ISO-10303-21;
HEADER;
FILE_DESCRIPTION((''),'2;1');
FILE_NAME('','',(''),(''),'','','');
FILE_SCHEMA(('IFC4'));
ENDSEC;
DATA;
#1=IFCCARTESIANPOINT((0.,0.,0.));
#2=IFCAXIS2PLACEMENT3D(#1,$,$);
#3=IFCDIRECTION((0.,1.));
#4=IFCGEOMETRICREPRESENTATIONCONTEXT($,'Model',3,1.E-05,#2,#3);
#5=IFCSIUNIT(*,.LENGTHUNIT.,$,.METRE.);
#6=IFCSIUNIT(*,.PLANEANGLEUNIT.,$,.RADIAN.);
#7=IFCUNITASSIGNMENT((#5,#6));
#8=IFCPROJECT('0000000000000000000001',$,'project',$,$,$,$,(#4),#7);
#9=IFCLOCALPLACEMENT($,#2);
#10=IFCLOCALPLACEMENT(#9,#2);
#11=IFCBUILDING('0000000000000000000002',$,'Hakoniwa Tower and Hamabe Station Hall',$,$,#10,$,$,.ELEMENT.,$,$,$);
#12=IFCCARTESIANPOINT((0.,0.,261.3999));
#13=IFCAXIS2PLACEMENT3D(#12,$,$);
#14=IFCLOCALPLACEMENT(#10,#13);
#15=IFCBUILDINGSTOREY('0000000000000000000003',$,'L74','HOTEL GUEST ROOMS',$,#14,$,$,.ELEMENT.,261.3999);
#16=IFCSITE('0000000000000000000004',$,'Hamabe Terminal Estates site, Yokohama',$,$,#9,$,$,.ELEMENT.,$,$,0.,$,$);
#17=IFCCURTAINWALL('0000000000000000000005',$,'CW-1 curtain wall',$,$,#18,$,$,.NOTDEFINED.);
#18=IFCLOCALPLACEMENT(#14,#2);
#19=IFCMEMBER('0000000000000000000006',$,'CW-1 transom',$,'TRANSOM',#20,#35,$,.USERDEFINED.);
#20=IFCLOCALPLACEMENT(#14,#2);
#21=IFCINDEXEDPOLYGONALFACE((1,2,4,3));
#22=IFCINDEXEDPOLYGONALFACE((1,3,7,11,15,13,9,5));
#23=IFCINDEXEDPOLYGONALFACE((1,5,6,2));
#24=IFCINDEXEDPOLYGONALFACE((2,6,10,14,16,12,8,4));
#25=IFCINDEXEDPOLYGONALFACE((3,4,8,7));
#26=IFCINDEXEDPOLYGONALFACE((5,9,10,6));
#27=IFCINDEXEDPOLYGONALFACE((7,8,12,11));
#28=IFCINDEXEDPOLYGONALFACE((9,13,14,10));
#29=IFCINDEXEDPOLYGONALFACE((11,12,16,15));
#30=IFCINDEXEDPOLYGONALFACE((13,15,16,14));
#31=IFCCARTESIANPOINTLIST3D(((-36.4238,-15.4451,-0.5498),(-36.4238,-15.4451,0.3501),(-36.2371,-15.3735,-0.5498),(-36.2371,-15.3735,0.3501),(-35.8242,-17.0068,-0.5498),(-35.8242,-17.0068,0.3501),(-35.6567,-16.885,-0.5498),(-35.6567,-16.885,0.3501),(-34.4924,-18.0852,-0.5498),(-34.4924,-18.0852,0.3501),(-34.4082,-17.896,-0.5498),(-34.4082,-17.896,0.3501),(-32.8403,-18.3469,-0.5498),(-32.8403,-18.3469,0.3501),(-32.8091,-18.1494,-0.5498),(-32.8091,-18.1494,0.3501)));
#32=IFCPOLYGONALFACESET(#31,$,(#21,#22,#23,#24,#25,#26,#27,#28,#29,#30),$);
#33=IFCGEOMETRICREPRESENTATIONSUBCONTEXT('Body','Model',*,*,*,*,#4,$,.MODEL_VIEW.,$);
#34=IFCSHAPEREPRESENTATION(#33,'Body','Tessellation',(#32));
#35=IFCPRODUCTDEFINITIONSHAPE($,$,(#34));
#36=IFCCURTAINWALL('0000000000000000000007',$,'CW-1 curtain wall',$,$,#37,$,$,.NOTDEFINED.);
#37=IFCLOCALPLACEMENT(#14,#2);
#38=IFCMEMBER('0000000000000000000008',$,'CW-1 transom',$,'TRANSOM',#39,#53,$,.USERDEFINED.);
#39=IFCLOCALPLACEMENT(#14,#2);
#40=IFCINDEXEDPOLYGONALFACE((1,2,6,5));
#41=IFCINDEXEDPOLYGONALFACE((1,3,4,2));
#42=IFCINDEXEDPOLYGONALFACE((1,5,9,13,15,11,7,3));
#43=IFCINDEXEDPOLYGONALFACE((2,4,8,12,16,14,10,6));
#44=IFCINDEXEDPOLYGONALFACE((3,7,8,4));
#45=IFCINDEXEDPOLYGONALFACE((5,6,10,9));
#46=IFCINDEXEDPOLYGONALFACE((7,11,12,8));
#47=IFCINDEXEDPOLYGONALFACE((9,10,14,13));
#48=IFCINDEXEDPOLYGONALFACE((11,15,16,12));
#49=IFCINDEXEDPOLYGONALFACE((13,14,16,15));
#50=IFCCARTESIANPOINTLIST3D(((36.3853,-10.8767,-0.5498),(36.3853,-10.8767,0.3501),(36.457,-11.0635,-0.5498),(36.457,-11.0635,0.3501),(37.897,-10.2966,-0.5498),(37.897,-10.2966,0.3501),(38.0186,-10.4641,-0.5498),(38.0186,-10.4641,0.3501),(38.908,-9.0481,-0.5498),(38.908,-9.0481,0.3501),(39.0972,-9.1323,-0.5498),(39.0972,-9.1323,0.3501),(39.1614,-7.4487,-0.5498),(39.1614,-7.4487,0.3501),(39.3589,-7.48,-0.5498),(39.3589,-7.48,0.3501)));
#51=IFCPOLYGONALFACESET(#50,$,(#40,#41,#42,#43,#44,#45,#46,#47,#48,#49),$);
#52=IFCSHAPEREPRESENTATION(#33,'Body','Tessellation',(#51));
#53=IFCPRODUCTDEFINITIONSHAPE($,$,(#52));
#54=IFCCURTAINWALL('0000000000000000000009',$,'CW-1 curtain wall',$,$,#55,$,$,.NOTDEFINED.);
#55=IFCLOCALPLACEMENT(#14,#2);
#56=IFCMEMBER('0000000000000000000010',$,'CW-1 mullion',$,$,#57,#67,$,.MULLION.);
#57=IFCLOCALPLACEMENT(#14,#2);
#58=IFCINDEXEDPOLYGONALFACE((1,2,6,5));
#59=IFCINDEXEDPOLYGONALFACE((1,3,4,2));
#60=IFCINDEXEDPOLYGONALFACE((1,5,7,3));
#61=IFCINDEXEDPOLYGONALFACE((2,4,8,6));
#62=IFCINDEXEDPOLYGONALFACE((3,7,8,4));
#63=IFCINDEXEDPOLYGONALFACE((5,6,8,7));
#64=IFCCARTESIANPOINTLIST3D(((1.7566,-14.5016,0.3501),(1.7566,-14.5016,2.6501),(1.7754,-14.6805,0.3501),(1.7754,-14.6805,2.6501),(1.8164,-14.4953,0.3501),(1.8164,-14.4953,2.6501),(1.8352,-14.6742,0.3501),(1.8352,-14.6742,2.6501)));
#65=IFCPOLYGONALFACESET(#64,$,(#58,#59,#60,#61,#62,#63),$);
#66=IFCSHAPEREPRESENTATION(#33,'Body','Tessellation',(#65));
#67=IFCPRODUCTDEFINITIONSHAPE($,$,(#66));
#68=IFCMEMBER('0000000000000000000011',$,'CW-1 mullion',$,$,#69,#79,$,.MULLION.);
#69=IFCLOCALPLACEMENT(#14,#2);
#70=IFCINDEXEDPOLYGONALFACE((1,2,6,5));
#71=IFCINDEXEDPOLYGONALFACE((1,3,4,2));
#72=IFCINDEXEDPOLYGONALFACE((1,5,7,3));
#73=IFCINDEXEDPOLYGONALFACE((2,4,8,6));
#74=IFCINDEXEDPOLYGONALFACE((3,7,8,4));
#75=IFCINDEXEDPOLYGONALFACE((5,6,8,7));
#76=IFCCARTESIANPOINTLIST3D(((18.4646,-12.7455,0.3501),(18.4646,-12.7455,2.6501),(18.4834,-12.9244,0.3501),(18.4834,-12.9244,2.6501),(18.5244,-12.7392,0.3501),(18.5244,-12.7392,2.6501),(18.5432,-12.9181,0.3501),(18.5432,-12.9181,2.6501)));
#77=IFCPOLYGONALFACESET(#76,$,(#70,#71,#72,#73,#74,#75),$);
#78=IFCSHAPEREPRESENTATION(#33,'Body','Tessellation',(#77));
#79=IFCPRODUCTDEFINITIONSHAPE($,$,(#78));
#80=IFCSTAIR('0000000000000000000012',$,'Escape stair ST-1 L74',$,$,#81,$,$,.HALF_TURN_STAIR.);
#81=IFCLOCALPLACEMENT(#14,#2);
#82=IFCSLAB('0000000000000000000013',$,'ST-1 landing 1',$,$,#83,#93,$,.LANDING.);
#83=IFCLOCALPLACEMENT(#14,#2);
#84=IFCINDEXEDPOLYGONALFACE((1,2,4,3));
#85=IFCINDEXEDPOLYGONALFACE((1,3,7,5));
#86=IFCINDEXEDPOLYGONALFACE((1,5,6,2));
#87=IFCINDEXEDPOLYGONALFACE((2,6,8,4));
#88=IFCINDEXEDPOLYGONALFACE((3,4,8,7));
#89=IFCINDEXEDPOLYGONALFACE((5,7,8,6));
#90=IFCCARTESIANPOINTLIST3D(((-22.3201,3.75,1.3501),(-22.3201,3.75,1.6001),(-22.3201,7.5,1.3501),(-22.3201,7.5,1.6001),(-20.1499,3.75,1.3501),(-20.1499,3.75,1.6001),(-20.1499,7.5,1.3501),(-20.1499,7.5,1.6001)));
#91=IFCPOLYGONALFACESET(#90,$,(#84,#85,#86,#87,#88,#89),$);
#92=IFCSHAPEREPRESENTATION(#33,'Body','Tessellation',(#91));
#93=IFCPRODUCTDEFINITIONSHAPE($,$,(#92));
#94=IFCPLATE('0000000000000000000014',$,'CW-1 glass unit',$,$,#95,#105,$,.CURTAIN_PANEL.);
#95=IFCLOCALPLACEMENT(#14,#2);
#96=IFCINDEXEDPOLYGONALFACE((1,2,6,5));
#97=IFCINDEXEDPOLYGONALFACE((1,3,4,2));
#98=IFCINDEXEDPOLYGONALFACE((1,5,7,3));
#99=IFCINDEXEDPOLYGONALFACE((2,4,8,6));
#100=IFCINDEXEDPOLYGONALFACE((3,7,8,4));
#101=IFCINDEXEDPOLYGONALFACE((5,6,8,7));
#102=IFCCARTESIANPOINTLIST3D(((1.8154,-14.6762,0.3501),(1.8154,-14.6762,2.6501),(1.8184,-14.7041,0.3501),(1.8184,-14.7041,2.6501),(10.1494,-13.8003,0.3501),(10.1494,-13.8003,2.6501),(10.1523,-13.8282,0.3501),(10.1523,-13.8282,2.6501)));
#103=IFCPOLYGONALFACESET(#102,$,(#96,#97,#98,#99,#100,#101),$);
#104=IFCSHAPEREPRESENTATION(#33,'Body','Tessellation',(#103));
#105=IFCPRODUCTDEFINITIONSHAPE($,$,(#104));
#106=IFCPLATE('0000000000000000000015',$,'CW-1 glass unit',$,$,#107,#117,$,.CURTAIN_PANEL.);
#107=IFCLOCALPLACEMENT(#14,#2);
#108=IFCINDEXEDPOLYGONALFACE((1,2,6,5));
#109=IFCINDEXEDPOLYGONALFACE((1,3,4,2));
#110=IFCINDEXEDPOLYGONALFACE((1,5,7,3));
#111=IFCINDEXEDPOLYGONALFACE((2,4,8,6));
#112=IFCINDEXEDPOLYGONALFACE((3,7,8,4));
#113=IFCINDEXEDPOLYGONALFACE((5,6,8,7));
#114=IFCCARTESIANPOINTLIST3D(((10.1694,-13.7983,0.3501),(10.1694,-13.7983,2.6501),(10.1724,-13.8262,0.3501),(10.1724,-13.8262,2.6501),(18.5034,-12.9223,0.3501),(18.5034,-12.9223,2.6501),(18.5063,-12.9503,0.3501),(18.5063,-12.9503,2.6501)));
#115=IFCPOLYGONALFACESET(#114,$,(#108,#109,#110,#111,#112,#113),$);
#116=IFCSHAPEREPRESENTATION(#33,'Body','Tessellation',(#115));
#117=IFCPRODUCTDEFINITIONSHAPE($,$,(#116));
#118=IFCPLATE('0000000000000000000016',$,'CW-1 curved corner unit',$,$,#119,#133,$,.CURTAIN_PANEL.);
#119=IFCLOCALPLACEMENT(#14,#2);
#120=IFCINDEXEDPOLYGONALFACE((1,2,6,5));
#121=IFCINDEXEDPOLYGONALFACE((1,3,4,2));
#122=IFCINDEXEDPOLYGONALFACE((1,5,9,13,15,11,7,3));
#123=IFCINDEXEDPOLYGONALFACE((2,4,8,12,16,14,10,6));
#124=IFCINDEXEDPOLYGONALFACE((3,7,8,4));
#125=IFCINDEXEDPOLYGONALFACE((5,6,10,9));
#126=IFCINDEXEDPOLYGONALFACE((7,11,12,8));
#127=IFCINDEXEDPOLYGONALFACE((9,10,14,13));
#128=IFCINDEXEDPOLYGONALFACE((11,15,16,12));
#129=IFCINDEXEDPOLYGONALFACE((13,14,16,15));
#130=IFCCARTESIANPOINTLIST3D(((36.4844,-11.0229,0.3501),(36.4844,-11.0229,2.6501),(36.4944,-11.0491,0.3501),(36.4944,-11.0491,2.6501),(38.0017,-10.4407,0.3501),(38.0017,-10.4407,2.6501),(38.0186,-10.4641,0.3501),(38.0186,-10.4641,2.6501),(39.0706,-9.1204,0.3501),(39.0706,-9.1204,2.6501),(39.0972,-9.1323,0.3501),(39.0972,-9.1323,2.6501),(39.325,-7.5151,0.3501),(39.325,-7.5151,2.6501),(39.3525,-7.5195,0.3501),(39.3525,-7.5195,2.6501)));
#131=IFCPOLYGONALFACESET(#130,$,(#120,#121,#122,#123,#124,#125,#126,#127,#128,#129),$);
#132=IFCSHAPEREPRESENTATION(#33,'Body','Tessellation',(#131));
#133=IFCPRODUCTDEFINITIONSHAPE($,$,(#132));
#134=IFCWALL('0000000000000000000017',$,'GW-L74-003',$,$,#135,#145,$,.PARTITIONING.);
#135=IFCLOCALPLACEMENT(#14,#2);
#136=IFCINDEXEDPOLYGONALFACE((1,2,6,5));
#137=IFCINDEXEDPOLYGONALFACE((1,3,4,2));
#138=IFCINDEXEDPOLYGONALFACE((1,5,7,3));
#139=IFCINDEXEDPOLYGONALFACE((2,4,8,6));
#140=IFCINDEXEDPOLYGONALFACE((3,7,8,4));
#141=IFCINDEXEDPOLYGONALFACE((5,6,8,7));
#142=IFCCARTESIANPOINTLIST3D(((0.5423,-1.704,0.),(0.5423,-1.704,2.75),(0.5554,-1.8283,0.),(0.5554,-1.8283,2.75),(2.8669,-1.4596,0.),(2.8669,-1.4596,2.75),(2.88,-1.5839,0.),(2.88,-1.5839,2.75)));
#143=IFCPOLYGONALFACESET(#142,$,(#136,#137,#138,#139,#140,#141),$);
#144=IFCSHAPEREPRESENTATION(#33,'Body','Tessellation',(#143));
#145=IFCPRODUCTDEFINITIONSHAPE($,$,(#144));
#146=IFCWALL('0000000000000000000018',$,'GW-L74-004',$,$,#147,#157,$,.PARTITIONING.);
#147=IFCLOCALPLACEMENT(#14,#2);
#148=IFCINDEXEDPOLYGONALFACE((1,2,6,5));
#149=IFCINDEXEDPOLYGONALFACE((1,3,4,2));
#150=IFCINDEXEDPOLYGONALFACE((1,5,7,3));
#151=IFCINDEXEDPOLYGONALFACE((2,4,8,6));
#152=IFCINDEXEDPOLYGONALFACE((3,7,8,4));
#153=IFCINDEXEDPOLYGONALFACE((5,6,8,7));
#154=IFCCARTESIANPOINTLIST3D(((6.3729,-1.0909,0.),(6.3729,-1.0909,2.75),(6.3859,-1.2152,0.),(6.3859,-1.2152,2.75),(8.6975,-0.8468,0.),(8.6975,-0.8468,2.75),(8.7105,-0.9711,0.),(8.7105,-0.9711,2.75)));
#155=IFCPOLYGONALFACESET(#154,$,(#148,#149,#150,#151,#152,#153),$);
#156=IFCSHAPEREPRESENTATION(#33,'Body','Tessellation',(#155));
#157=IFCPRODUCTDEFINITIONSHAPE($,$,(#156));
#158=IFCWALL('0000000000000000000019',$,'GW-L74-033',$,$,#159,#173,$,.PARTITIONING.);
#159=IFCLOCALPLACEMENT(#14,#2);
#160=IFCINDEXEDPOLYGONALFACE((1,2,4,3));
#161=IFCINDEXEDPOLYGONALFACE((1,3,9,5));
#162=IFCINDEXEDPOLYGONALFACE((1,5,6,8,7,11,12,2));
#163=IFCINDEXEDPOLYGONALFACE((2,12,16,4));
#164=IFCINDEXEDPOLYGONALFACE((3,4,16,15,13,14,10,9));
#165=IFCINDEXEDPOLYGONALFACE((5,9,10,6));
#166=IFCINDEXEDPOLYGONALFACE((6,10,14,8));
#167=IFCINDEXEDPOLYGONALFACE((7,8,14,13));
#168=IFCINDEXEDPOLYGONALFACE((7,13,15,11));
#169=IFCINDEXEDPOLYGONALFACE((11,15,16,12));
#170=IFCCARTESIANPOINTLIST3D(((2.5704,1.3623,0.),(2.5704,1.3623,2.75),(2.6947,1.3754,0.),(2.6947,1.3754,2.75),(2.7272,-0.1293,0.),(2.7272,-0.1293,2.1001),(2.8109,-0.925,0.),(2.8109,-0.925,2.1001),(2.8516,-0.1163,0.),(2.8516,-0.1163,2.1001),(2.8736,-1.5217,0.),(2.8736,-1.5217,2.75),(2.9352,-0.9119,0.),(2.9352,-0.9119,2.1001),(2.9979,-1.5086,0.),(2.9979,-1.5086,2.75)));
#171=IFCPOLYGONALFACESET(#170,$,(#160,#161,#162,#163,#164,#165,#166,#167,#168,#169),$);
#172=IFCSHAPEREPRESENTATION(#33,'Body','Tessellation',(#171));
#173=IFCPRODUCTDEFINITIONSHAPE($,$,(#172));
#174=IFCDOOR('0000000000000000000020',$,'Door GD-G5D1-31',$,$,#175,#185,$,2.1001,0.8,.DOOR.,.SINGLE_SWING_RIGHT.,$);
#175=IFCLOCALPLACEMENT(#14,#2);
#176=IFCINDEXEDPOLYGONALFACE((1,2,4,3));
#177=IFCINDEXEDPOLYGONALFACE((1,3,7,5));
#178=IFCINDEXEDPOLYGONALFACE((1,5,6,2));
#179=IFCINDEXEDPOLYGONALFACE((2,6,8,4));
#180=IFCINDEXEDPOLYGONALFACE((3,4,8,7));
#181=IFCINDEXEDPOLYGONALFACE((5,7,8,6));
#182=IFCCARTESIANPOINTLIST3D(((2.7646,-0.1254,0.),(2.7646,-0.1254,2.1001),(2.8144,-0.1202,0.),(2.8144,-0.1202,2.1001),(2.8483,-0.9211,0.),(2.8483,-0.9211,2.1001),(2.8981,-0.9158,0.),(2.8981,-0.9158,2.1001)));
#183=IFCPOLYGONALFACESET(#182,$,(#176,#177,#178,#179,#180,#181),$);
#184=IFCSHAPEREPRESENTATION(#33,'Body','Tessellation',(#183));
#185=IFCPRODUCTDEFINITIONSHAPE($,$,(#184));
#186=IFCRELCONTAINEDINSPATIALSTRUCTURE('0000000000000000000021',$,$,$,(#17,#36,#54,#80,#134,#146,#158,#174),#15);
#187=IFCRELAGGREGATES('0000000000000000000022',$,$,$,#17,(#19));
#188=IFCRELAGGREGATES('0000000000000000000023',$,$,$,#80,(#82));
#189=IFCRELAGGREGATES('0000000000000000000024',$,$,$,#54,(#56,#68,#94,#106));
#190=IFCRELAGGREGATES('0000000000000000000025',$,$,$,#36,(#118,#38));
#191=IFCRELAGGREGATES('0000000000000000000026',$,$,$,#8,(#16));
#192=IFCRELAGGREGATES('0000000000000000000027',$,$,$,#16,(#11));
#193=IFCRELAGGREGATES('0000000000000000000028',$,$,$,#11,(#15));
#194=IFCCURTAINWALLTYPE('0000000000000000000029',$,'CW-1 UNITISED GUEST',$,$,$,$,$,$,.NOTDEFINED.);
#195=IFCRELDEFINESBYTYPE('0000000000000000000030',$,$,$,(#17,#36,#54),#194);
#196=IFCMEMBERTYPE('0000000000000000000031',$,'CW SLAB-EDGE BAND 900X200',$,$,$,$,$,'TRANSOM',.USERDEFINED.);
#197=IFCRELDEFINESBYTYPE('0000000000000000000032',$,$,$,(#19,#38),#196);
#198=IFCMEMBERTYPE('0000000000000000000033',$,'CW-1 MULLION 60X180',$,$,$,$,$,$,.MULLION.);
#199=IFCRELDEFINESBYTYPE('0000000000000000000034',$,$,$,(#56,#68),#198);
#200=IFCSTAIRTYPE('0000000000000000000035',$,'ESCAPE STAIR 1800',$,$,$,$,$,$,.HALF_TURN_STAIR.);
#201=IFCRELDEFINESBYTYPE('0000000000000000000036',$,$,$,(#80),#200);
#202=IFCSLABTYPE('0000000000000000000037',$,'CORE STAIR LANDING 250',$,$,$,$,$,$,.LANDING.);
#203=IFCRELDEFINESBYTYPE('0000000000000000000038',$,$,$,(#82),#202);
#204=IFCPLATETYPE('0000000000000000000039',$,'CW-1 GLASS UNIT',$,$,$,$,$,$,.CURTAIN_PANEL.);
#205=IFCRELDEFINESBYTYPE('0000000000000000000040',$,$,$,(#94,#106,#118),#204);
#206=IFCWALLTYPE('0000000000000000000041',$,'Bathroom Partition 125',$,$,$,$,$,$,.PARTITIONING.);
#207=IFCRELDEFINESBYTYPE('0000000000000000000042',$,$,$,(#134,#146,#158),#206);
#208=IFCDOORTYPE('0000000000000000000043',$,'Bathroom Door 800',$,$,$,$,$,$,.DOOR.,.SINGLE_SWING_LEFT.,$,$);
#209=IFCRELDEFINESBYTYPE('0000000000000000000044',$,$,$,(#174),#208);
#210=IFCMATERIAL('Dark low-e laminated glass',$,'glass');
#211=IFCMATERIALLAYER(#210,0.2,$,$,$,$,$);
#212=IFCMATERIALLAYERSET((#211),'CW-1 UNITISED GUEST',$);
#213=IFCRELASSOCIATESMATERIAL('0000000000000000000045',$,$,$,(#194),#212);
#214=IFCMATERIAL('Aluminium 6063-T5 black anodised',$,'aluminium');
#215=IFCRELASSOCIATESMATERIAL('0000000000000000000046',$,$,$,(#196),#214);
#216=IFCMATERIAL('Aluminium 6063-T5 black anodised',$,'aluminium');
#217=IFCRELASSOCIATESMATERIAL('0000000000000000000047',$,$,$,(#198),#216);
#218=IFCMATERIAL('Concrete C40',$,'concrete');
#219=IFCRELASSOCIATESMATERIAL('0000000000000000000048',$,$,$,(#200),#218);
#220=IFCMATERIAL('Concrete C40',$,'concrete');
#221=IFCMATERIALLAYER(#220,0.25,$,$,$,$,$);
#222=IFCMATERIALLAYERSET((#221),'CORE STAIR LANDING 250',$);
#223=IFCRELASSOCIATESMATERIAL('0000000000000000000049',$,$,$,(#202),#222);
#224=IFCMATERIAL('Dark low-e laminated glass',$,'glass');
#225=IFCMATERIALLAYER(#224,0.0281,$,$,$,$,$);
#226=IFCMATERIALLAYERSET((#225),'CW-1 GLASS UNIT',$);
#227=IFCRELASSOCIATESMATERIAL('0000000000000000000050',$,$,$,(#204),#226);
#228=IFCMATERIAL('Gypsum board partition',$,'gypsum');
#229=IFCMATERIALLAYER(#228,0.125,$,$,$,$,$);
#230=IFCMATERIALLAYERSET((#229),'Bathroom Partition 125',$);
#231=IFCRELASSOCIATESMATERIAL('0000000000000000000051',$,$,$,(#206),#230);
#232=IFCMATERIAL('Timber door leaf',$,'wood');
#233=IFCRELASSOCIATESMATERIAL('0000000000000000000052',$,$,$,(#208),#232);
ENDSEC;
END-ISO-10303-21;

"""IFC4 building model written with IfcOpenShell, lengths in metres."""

from ifc_helpers import new_model, si_unit, direction, frame, frame_2d, origin, origin_2d, place, context, subcontext, project, spatial, polyline, rectangle, outline, extrude, material, layer, layer_set, material_profile, profile_set, type_object, element, fill, aggregate, save


model = new_model("IFC4")

# Units and contexts
model_context = context("Model", 3, precision=1e-05, world=origin(), true_north=direction((0.0, 1.0)))
body_context = subcontext(model_context, "Body", "Model", "MODEL_VIEW")
ifc_project = project(units=[si_unit("LENGTHUNIT", "METRE"), si_unit("PLANEANGLEUNIT", "RADIAN")], contexts=[model_context])

# Site, building, storey
site_placement = place(None, origin())
site = spatial("IfcSite", under=ifc_project, at=site_placement, Name="Hamabe Terminal Estates site, Yokohama", CompositionType="ELEMENT", RefElevation=0.0)
building_placement = place(site_placement, origin())
building = spatial("IfcBuilding", under=site, at=building_placement, Name="Hakoniwa Tower and Hamabe Station Hall", CompositionType="ELEMENT")
storey_placement = place(building_placement, frame((0.0, 0.0, 261.3999)))
storey = spatial("IfcBuildingStorey", under=building, at=storey_placement, Name="L74", Description="HOTEL GUEST ROOMS", CompositionType="ELEMENT", Elevation=261.3999)

# Curtain walls, members
ifc_material_1 = material(Name="Dark low-e laminated glass", Category="glass")
ifc_layer_1 = layer(ifc_material_1, 0.2)
ifc_layer_set_1 = layer_set([ifc_layer_1], Name="CW-1 UNITISED GUEST")
curtain_wall_type = type_object("IfcCurtainWallType", Name="CW-1 UNITISED GUEST", PredefinedType="NOTDEFINED", material=ifc_layer_set_1)
curtain_wall_1_placement = place(storey_placement, origin())
curtain_wall_1 = element("IfcCurtainWall", 1, at=curtain_wall_1_placement, inside=storey, type_object=curtain_wall_type, Name="CW-1 curtain wall", PredefinedType="NOTDEFINED")
ifc_material_2 = material(Name="Aluminium 6063-T5 black anodised", Category="aluminium")
ifc_material_profile_1 = material_profile(ifc_material_2, rectangle(XDim=0.2, YDim=0.8999, at=origin_2d()), Name="CW SLAB-EDGE BAND 900X200")
ifc_profile_set_1 = profile_set([ifc_material_profile_1], Name="Aluminium 6063-T5 black anodised")
member_type_1 = type_object("IfcMemberType", Name="CW SLAB-EDGE BAND 900X200", ElementType="TRANSOM", PredefinedType="USERDEFINED", material=ifc_profile_set_1)
member_1_placement = place(storey_placement, frame((0.0, 0.0, -0.5498)))
member_1 = element("IfcMember", 2, at=member_1_placement, type_object=member_type_1, Name="CW-1 transom", ObjectType="TRANSOM", PredefinedType="USERDEFINED", context=body_context, shape_type="SweptSolid", body=[
    extrude(outline(polyline([(-36.4238, -15.4451), (-35.8242, -17.0068), (-34.4924, -18.0852), (-32.8403, -18.3469), (-32.8091, -18.1494), (-34.4082, -17.896), (-35.6567, -16.885), (-36.2371, -15.3735), (-36.4238, -15.4451)])), origin(), (0.0, 0.0, 1.0), 0.8999),
])
aggregate(curtain_wall_1, [member_1])
curtain_wall_2_placement = place(storey_placement, origin())
curtain_wall_2 = element("IfcCurtainWall", 3, at=curtain_wall_2_placement, inside=storey, type_object=curtain_wall_type, Name="CW-1 curtain wall", PredefinedType="NOTDEFINED")
member_2_placement = place(storey_placement, frame((0.0, 0.0, -0.5498)))
member_2 = element("IfcMember", 4, at=member_2_placement, type_object=member_type_1, Name="CW-1 transom", ObjectType="TRANSOM", PredefinedType="USERDEFINED", context=body_context, shape_type="SweptSolid", body=[
    extrude(outline(polyline([(36.457, -11.0635), (38.0186, -10.4641), (39.0972, -9.1323), (39.3589, -7.48), (39.1614, -7.4487), (38.908, -9.0481), (37.897, -10.2966), (36.3853, -10.8767), (36.457, -11.0635)])), origin(), (0.0, 0.0, 1.0), 0.8999),
])

# Curtain wall, members
curtain_wall_3_placement = place(storey_placement, origin())
curtain_wall_3 = element("IfcCurtainWall", 5, at=curtain_wall_3_placement, inside=storey, type_object=curtain_wall_type, Name="CW-1 curtain wall", PredefinedType="NOTDEFINED")
ifc_material_3 = material(Name="Aluminium 6063-T5 black anodised", Category="aluminium")
ifc_material_profile_2 = material_profile(ifc_material_3, rectangle(XDim=0.0601, YDim=0.1799, at=origin_2d()), Name="CW-1 MULLION 60X180")
ifc_profile_set_2 = profile_set([ifc_material_profile_2], Name="Aluminium 6063-T5 black anodised")
member_type_2 = type_object("IfcMemberType", Name="CW-1 MULLION 60X180", PredefinedType="MULLION", material=ifc_profile_set_2)
member_3_placement = place(storey_placement, frame((1.7959, -14.5879, 0.3501), z_axis=(0.0, 0.0, 1.0), x_axis=(0.994522, 0.104528, 0.0)))
member_3 = element("IfcMember", 6, at=member_3_placement, type_object=member_type_2, Name="CW-1 mullion", PredefinedType="MULLION", context=body_context, shape_type="SweptSolid", body=[
    extrude(rectangle(XDim=0.0601, YDim=0.1799, at=origin_2d()), origin(), (0.0, 0.0, 1.0), 2.3),
])
member_4_placement = place(storey_placement, frame((18.5039, -12.8318, 0.3501), z_axis=(0.0, 0.0, 1.0), x_axis=(0.994522, 0.104528, 0.0)))
member_4 = element("IfcMember", 7, at=member_4_placement, type_object=member_type_2, Name="CW-1 mullion", PredefinedType="MULLION", context=body_context, shape_type="SweptSolid", body=[
    extrude(rectangle(XDim=0.0601, YDim=0.1799, at=origin_2d()), origin(), (0.0, 0.0, 1.0), 2.3),
])

# Stair, slab
ifc_material_4 = material(Name="Concrete C40", Category="concrete")
stair_type = type_object("IfcStairType", Name="ESCAPE STAIR 1800", PredefinedType="HALF_TURN_STAIR", material=ifc_material_4)
stair_placement = place(storey_placement, origin())
stair = element("IfcStair", 8, at=stair_placement, inside=storey, type_object=stair_type, Name="Escape stair ST-1 L74", PredefinedType="HALF_TURN_STAIR")
ifc_material_5 = material(Name="Concrete C40", Category="concrete")
ifc_layer_2 = layer(ifc_material_5, 0.25)
ifc_layer_set_2 = layer_set([ifc_layer_2], Name="CORE STAIR LANDING 250")
slab_type = type_object("IfcSlabType", Name="CORE STAIR LANDING 250", PredefinedType="LANDING", material=ifc_layer_set_2)
slab_placement = place(storey_placement, frame((0.0, 0.0, 1.3501)))
slab = element("IfcSlab", 9, at=slab_placement, type_object=slab_type, Name="ST-1 landing 1", PredefinedType="LANDING", context=body_context, shape_type="SweptSolid", body=[
    extrude(outline(polyline([(-22.3201, 3.75), (-20.1499, 3.75), (-20.1499, 7.5), (-22.3201, 7.5), (-22.3201, 3.75)])), origin(), (0.0, 0.0, 1.0), 0.25),
])
aggregate(stair, [slab])

# Plates
ifc_material_6 = material(Name="Dark low-e laminated glass", Category="glass")
ifc_layer_3 = layer(ifc_material_6, 0.0281)
ifc_layer_set_3 = layer_set([ifc_layer_3], Name="CW-1 GLASS UNIT")
plate_type = type_object("IfcPlateType", Name="CW-1 GLASS UNIT", PredefinedType="CURTAIN_PANEL", material=ifc_layer_set_3)
plate_1_placement = place(storey_placement, frame((5.9839, -14.2522, 0.3501), z_axis=(0.0, 0.0, 1.0), x_axis=(0.994522, 0.104528, 0.0)))
plate_1 = element("IfcPlate", 10, at=plate_1_placement, type_object=plate_type, Name="CW-1 glass unit", PredefinedType="CURTAIN_PANEL", context=body_context, shape_type="SweptSolid", body=[
    extrude(rectangle(XDim=8.3799, YDim=0.0281, at=origin_2d()), origin(), (0.0, 0.0, 1.0), 2.3),
])
plate_2_placement = place(storey_placement, frame((14.3379, -13.3743, 0.3501), z_axis=(0.0, 0.0, 1.0), x_axis=(0.994522, 0.104528, 0.0)))
plate_2 = element("IfcPlate", 11, at=plate_2_placement, type_object=plate_type, Name="CW-1 glass unit", PredefinedType="CURTAIN_PANEL", context=body_context, shape_type="SweptSolid", body=[
    extrude(rectangle(XDim=8.3799, YDim=0.0281, at=origin_2d()), origin(), (0.0, 0.0, 1.0), 2.3),
])
aggregate(curtain_wall_3, [member_3, member_4, plate_1, plate_2])
plate_3_placement = place(storey_placement, frame((0.0, 0.0, 0.3501)))
plate_3 = element("IfcPlate", 12, at=plate_3_placement, type_object=plate_type, Name="CW-1 curved corner unit", PredefinedType="CURTAIN_PANEL", context=body_context, shape_type="SweptSolid", body=[
    extrude(outline(polyline([(36.4944, -11.0491), (38.0186, -10.4641), (39.0972, -9.1323), (39.3525, -7.5195), (39.325, -7.5151), (39.0706, -9.1204), (38.0017, -10.4407), (36.4844, -11.0229), (36.4944, -11.0491)])), origin(), (0.0, 0.0, 1.0), 2.3),
])
aggregate(curtain_wall_2, [plate_3, member_2])

# Walls
ifc_material_7 = material(Name="Gypsum board partition", Category="gypsum")
ifc_layer_4 = layer(ifc_material_7, 0.125)
ifc_layer_set_4 = layer_set([ifc_layer_4], Name="Bathroom Partition 125")
wall_type_1 = type_object("IfcWallType", Name="Bathroom Partition 125", PredefinedType="PARTITIONING", material=ifc_layer_set_4)
for number, where, z_axis, x_axis, name in (
    (13, (0.5488, -1.7661, 0.0), (0.0, 0.0, 1.0), (0.99452, 0.104549, 0.0), "GW-L74-003"),
    (14, (6.3794, -1.1531, 0.0), (0.0, 0.0, 1.0), (0.994531, 0.104446, 0.0), "GW-L74-004"),
):
    element("IfcWall", number, at=place(storey_placement, frame(where, z_axis=z_axis, x_axis=x_axis)), inside=storey, type_object=wall_type_1, Name=name, PredefinedType="PARTITIONING", context=body_context, shape_type="SweptSolid", body=[
        extrude(rectangle(XDim=2.3374, YDim=0.125, at=frame_2d((1.1687, 0.0))), origin(), (0.0, 0.0, 1.0), 2.75),
    ])

# Wall, opening, door
wall_1_placement = place(storey_placement, frame((2.9358, -1.5151, 0.0), z_axis=(0.0, 0.0, 1.0), x_axis=(-0.104562, 0.994518, 0.0)))
wall_1 = element("IfcWall", 15, at=wall_1_placement, inside=storey, type_object=wall_type_1, Name="GW-L74-033", PredefinedType="PARTITIONING", context=body_context, shape_type="SweptSolid", body=[
    extrude(rectangle(XDim=2.8999, YDim=0.125, at=frame_2d((1.45, 0.0))), origin(), (0.0, 0.0, 1.0), 2.75),
])
opening_1_placement = place(wall_1_placement, frame((0.6001, 0.0, 0.0)))
opening_1 = element("IfcOpeningElement", 16, at=opening_1_placement, cuts=wall_1, PredefinedType="OPENING", context=body_context, shape_type="SweptSolid", body=[
    extrude(rectangle(XDim=0.8, YDim=2.1001, at=frame_2d((0.3999, 1.05))), frame((0.0, 0.0725, 0.0), z_axis=(0.0, -1.0, 0.0), x_axis=(1.0, 0.0, 0.0)), (0.0, 0.0, 1.0), 0.145),
])
ifc_material_8 = material(Name="Timber door leaf", Category="wood")
door_type_1 = type_object("IfcDoorType", Name="Bathroom Door 800", OperationType="SINGLE_SWING_LEFT", PredefinedType="DOOR", material=ifc_material_8)
door_1_placement = place(opening_1_placement, origin())
door_1 = element("IfcDoor", 17, at=door_1_placement, inside=storey, type_object=door_type_1, Name="Door GD-G5D1-31", OperationType="SINGLE_SWING_RIGHT", OverallHeight=2.1001, OverallWidth=0.8, PredefinedType="DOOR", context=body_context, shape_type="SweptSolid", body=[
    extrude(rectangle(XDim=0.8, YDim=2.1001, at=frame_2d((0.3999, 1.05))), frame((0.0, 0.0249, 0.0), z_axis=(0.0, -1.0, 0.0), x_axis=(1.0, 0.0, 0.0)), (0.0, 0.0, 1.0), 0.05),
])
fill(opening_1, door_1)

save(model, "model.ifc")
